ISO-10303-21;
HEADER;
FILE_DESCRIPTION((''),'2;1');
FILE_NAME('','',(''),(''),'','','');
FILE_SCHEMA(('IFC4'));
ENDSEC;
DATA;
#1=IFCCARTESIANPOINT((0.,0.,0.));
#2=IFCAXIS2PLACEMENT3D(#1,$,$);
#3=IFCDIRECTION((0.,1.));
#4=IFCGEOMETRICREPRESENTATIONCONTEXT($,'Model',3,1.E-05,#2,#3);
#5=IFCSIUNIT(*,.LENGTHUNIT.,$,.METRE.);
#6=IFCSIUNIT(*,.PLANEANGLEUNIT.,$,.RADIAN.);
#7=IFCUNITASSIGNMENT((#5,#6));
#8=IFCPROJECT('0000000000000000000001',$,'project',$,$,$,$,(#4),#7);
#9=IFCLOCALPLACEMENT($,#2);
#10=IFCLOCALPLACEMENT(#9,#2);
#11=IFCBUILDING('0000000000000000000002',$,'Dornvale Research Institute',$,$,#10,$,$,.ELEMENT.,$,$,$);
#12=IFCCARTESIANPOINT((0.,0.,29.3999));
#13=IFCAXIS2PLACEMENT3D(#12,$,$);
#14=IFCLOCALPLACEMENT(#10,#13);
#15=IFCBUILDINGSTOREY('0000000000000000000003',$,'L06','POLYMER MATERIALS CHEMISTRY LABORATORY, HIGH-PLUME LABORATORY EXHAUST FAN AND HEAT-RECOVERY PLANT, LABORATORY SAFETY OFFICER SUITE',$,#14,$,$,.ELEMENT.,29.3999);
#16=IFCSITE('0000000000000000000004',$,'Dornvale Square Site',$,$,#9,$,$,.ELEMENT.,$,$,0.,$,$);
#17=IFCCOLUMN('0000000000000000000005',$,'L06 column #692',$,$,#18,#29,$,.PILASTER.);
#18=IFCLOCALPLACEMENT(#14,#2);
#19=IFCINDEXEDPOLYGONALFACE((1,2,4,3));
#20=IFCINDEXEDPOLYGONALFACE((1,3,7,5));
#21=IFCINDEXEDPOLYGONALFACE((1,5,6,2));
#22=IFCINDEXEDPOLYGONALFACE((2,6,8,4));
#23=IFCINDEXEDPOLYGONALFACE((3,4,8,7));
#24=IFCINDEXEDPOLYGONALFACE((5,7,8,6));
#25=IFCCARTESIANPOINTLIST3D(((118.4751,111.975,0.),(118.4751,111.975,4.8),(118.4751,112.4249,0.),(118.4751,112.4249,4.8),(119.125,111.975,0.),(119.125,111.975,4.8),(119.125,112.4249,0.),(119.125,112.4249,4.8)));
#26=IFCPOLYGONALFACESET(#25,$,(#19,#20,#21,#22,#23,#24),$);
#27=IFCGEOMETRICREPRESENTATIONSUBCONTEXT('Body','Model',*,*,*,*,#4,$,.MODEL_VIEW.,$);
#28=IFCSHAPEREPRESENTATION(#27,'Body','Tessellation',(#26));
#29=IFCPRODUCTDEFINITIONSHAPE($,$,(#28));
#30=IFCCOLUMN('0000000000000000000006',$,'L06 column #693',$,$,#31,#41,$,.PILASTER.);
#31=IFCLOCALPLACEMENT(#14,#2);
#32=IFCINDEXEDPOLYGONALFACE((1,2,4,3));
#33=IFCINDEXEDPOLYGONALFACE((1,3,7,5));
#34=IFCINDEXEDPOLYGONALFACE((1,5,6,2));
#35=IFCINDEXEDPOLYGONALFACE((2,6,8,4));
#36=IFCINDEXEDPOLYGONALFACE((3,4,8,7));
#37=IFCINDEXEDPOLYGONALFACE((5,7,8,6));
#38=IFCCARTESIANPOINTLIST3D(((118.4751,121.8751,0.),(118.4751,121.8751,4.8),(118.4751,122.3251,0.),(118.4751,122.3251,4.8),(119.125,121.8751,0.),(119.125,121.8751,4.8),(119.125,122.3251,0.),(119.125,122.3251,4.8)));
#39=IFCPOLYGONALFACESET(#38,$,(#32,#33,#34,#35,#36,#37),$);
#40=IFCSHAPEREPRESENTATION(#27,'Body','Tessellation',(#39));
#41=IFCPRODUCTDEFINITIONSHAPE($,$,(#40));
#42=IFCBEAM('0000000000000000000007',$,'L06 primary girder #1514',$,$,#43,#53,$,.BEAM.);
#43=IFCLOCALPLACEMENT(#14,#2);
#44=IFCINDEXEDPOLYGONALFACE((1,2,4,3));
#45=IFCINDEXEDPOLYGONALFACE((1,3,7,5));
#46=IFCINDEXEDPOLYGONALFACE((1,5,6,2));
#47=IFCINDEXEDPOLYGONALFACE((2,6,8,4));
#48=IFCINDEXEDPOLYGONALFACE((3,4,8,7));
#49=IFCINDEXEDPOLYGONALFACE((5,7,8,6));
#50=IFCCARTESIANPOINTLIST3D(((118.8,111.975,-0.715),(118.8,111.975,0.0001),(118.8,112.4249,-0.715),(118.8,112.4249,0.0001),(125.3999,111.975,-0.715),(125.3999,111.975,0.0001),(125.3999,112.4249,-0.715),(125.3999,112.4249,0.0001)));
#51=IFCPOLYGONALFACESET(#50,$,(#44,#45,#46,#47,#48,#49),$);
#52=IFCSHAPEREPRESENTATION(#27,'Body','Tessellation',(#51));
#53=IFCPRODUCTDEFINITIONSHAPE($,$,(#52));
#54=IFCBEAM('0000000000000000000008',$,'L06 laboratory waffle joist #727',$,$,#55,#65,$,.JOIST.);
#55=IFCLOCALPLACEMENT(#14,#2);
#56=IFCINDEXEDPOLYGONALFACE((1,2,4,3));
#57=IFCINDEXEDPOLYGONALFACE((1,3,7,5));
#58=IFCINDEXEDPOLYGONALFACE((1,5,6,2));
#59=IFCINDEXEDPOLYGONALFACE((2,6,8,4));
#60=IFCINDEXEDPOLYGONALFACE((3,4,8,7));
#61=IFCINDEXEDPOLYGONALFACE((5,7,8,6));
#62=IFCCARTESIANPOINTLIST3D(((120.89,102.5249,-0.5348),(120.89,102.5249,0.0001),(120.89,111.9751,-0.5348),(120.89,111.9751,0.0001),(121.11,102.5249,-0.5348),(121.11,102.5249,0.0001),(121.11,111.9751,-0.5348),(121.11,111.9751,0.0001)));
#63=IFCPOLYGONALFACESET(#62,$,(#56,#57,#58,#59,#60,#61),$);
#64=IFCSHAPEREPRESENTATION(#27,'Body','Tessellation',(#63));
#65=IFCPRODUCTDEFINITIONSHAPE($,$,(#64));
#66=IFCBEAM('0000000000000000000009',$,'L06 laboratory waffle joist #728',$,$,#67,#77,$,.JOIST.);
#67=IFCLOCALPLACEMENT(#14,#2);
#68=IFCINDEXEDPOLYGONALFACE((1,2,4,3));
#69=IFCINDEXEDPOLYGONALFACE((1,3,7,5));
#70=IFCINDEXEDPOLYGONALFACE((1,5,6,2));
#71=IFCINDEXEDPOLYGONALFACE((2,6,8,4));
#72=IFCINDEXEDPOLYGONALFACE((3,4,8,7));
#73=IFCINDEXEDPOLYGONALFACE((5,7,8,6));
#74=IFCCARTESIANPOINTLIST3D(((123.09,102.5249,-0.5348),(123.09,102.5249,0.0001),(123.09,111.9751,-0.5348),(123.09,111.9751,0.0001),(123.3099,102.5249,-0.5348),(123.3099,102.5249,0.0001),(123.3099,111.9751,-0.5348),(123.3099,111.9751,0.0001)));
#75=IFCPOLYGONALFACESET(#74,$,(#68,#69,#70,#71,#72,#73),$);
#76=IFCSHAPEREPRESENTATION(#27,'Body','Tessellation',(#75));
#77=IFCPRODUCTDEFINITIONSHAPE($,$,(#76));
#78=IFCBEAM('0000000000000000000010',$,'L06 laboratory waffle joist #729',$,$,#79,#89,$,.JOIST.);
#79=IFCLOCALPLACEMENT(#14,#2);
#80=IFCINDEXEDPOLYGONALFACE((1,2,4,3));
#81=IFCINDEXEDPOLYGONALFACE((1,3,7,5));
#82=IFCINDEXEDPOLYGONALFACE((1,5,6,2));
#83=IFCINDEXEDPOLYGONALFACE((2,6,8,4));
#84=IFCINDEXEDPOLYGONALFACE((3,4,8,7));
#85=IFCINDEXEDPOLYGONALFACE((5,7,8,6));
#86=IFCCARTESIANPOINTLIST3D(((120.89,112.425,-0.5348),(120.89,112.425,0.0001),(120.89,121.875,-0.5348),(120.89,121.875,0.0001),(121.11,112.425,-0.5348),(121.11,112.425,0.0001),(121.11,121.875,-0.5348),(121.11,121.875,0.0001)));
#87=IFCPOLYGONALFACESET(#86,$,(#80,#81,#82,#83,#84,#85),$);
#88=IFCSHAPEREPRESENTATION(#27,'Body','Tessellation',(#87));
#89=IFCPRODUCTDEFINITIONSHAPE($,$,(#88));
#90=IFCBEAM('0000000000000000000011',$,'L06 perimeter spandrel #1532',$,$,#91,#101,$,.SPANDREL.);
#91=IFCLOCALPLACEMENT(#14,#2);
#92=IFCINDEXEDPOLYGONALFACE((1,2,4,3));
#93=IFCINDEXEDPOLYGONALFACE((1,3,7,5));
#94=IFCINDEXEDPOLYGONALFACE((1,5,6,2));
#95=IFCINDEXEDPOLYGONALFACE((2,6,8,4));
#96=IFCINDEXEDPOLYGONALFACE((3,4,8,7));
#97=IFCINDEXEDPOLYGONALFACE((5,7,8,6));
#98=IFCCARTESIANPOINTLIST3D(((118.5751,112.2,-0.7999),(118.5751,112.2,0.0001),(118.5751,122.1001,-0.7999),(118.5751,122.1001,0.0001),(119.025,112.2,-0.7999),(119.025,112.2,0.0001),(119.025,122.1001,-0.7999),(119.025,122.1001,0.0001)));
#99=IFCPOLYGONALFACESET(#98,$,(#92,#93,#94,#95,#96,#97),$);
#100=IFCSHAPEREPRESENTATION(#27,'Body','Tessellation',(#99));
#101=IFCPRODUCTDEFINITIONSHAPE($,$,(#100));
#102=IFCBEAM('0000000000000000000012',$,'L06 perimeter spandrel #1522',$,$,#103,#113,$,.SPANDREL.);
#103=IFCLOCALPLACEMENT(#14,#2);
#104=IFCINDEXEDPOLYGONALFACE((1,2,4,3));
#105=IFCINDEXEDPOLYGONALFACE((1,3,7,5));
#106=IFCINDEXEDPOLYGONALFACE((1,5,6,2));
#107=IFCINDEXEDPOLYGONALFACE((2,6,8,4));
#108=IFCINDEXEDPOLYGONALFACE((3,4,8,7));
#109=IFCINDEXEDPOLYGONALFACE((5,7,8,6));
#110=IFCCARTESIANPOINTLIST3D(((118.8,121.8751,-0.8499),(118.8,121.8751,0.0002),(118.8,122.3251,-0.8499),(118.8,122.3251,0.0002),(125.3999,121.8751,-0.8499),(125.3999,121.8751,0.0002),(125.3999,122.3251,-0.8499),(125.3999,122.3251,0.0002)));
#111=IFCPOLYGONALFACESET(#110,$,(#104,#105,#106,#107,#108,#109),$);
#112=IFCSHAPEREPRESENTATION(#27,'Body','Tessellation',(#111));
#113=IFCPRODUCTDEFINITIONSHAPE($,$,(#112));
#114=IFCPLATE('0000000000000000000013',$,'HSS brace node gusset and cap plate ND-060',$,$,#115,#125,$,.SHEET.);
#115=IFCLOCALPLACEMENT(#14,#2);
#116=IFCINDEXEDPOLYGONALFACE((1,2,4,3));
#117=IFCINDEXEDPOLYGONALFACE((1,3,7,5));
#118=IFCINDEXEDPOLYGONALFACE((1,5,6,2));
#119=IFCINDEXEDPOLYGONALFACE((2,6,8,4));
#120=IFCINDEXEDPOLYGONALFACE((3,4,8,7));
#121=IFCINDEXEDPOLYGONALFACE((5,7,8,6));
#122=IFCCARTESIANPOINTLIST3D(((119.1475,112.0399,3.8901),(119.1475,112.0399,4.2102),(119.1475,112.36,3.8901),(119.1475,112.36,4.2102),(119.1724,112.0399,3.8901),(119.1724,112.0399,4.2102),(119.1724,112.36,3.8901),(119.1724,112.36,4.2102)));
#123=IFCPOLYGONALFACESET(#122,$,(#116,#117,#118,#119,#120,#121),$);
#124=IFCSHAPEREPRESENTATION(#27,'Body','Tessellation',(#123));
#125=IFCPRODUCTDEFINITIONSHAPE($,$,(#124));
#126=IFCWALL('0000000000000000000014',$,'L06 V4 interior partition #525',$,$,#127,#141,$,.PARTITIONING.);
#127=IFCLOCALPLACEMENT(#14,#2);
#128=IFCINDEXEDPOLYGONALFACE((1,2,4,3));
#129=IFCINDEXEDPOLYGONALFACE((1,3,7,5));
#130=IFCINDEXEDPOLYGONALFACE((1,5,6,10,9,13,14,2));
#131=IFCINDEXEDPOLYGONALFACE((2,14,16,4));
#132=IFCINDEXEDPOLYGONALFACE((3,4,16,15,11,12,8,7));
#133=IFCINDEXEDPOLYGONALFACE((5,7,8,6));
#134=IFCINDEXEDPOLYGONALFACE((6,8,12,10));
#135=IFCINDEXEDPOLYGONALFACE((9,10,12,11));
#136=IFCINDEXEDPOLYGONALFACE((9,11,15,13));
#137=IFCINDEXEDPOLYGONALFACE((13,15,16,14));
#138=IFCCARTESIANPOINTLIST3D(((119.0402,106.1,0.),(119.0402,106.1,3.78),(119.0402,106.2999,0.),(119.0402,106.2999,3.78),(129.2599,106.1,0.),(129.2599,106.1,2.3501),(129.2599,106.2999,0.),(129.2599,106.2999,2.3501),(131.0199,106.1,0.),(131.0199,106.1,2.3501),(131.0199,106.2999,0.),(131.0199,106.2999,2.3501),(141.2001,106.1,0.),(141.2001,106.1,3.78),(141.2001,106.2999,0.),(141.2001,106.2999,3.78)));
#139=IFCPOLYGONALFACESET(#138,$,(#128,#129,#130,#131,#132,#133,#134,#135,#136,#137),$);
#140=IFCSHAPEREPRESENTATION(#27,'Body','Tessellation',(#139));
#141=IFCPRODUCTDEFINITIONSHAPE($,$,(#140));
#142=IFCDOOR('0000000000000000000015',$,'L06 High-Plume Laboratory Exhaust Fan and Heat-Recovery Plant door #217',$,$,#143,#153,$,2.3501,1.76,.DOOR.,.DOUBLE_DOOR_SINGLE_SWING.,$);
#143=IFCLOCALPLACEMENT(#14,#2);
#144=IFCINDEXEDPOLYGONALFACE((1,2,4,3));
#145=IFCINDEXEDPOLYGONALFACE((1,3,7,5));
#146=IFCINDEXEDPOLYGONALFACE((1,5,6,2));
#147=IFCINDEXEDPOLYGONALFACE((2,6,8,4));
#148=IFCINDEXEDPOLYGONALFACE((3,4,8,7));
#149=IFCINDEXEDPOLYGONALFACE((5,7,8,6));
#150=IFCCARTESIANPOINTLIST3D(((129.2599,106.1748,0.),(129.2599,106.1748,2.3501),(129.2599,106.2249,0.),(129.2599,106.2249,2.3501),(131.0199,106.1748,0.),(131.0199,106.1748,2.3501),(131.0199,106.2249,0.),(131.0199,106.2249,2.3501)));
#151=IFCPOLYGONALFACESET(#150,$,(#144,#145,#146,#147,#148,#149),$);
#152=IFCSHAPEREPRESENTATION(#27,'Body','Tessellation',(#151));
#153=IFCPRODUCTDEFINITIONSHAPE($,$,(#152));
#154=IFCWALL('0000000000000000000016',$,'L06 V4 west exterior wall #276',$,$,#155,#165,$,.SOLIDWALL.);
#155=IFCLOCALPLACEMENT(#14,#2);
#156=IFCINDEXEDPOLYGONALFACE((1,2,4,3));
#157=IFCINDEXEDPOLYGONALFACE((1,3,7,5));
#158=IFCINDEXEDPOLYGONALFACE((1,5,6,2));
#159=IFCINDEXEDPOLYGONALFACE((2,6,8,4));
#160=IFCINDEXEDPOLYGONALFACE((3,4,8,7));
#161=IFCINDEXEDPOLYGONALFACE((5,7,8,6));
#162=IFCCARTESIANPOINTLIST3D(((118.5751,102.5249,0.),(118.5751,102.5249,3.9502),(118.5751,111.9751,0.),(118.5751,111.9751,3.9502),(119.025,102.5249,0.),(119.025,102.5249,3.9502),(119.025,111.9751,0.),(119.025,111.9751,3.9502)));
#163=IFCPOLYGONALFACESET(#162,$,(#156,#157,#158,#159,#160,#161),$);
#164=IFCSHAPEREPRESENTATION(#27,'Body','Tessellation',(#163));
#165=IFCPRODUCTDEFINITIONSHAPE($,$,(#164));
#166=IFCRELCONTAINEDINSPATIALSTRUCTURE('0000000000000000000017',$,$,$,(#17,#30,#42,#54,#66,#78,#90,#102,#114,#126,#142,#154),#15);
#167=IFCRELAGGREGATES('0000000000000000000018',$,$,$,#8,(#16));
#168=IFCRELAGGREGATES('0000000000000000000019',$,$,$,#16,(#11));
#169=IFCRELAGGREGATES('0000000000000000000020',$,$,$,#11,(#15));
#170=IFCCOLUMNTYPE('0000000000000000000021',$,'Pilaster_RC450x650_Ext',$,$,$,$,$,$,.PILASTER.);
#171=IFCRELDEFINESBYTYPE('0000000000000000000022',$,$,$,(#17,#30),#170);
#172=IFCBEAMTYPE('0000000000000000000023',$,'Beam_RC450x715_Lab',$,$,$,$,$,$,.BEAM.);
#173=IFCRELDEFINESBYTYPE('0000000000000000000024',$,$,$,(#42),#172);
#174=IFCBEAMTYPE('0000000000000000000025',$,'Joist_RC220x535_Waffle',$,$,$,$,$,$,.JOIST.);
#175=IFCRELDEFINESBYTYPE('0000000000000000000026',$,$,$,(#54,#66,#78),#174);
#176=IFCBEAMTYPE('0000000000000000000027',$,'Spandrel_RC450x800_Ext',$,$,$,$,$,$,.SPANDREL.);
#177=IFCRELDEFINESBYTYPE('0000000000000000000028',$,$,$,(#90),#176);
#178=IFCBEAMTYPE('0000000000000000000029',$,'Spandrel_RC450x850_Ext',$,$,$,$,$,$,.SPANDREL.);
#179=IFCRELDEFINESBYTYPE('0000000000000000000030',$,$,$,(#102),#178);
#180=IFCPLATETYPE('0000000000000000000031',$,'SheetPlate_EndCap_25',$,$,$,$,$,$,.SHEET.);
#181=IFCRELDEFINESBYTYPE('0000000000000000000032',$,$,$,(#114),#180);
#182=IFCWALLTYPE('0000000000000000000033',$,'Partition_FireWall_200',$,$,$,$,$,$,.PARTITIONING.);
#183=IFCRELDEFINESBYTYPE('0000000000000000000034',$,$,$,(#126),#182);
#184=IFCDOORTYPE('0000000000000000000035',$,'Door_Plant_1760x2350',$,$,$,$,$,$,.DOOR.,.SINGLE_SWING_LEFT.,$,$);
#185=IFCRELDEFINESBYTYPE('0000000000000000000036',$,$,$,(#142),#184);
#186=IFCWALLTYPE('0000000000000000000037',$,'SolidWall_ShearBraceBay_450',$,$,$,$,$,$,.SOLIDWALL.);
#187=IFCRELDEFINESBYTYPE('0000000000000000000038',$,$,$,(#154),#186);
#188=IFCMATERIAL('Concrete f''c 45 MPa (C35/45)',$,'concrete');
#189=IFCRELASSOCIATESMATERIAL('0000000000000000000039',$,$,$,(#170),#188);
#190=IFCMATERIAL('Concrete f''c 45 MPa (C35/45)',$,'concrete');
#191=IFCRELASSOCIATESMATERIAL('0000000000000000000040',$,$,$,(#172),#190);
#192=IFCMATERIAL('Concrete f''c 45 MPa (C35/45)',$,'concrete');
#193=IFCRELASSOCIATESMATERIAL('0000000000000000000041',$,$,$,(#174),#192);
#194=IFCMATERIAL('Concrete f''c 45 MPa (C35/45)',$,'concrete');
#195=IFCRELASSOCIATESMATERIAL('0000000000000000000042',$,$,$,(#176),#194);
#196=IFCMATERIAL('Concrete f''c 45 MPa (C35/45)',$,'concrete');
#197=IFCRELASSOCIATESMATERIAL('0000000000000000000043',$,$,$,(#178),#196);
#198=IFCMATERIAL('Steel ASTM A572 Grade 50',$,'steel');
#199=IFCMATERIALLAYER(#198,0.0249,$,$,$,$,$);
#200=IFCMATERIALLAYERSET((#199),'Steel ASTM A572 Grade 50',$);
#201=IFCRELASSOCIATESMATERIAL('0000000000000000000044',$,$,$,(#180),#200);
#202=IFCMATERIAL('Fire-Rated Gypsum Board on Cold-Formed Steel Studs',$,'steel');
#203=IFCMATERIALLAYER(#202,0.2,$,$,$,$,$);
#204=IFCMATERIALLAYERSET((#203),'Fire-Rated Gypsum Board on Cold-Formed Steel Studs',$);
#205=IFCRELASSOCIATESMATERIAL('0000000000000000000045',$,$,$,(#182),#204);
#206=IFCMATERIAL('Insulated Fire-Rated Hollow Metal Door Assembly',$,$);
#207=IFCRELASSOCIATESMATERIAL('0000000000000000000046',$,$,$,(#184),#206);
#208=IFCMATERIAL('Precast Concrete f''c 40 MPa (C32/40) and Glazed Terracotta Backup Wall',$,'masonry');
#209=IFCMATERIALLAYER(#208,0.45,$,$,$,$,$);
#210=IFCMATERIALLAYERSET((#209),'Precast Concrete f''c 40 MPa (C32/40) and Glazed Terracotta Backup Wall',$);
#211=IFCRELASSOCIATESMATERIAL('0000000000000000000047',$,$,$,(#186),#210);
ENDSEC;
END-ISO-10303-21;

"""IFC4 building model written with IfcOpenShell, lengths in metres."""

from ifc_helpers import new_model, si_unit, direction, frame, frame_2d, origin, origin_2d, place, context, subcontext, project, spatial, rectangle, extrude, material, layer, layer_set, material_profile, profile_set, type_object, element, fill, save


model = new_model("IFC4")

# Units and contexts
model_context = context("Model", 3, precision=1e-05, world=origin(), true_north=direction((0.0, 1.0)))
body_context = subcontext(model_context, "Body", "Model", "MODEL_VIEW")
ifc_project = project(units=[si_unit("LENGTHUNIT", "METRE"), si_unit("PLANEANGLEUNIT", "RADIAN")], contexts=[model_context])

# Site, building, storey
site_placement = place(None, origin())
site = spatial("IfcSite", under=ifc_project, at=site_placement, Name="Dornvale Square Site", CompositionType="ELEMENT", RefElevation=0.0)
building_placement = place(site_placement, origin())
building = spatial("IfcBuilding", under=site, at=building_placement, Name="Dornvale Research Institute", CompositionType="ELEMENT")
storey_placement = place(building_placement, frame((0.0, 0.0, 29.3999)))
storey = spatial("IfcBuildingStorey", under=building, at=storey_placement, Name="L06", Description="POLYMER MATERIALS CHEMISTRY LABORATORY, HIGH-PLUME LABORATORY EXHAUST FAN AND HEAT-RECOVERY PLANT, LABORATORY SAFETY OFFICER SUITE", CompositionType="ELEMENT", Elevation=29.3999)

# Columns
ifc_material_1 = material(Name="Concrete f'c 45 MPa (C35/45)", Category="concrete")
ifc_material_profile_1 = material_profile(ifc_material_1, rectangle(XDim=0.45, YDim=0.6499, at=origin_2d()), Name="RC 450x650")
ifc_profile_set_1 = profile_set([ifc_material_profile_1], Name="Concrete f'c 45 MPa (C35/45)")
column_type = type_object("IfcColumnType", Name="Pilaster_RC450x650_Ext", PredefinedType="PILASTER", material=ifc_profile_set_1)
for number, where, z_axis, x_axis, name in (
    (1, (118.8, 112.2, 0.0), (0.0, 0.0, 1.0), (0.0, 1.0, 0.0), "L06 column #692"),
    (2, (118.8, 122.1001, 0.0), (0.0, 0.0, 1.0), (0.0, 1.0, 0.0), "L06 column #693"),
):
    element("IfcColumn", number, at=place(storey_placement, frame(where, z_axis=z_axis, x_axis=x_axis)), inside=storey, type_object=column_type, Name=name, PredefinedType="PILASTER", context=body_context, shape_type="SweptSolid", body=[
        extrude(rectangle(XDim=0.45, YDim=0.6499, at=origin_2d()), origin(), (0.0, 0.0, 1.0), 4.8),
    ])

# Beams
ifc_material_2 = material(Name="Concrete f'c 45 MPa (C35/45)", Category="concrete")
ifc_material_profile_2 = material_profile(ifc_material_2, rectangle(XDim=0.45, YDim=0.7151, at=origin_2d()), Name="RC 450x715")
ifc_profile_set_2 = profile_set([ifc_material_profile_2], Name="Concrete f'c 45 MPa (C35/45)")
beam_type_1 = type_object("IfcBeamType", Name="Beam_RC450x715_Lab", PredefinedType="BEAM", material=ifc_profile_set_2)
beam_1_placement = place(storey_placement, frame((118.8, 112.2, -0.3574), z_axis=(1.0, 0.0, 0.0), x_axis=(0.0, 1.0, 0.0)))
element("IfcBeam", 3, at=beam_1_placement, inside=storey, type_object=beam_type_1, Name="L06 primary girder #1514", PredefinedType="BEAM", context=body_context, shape_type="SweptSolid", body=[
    extrude(rectangle(XDim=0.45, YDim=0.7151, at=origin_2d()), origin(), (0.0, 0.0, 1.0), 6.5999),
])
ifc_material_3 = material(Name="Concrete f'c 45 MPa (C35/45)", Category="concrete")
ifc_material_profile_3 = material_profile(ifc_material_3, rectangle(XDim=0.22, YDim=0.5349, at=origin_2d()), Name="RC 220x535")
ifc_profile_set_3 = profile_set([ifc_material_profile_3], Name="Concrete f'c 45 MPa (C35/45)")
beam_type_2 = type_object("IfcBeamType", Name="Joist_RC220x535_Waffle", PredefinedType="JOIST", material=ifc_profile_set_3)
for number, where, z_axis, x_axis, name in (
    (4, (121.0, 102.5249, -0.2673), (0.0, 1.0, 0.0), (-1.0, 0.0, 0.0), "L06 laboratory waffle joist #727"),
    (5, (123.2, 102.5249, -0.2673), (0.0, 1.0, 0.0), (-1.0, 0.0, 0.0), "L06 laboratory waffle joist #728"),
):
    element("IfcBeam", number, at=place(storey_placement, frame(where, z_axis=z_axis, x_axis=x_axis)), inside=storey, type_object=beam_type_2, Name=name, PredefinedType="JOIST", context=body_context, shape_type="SweptSolid", body=[
        extrude(rectangle(XDim=0.22, YDim=0.5349, at=origin_2d()), origin(), (0.0, 0.0, 1.0), 9.4502),
    ])
beam_2_placement = place(storey_placement, frame((121.0, 112.425, -0.2673), z_axis=(0.0, 1.0, 0.0), x_axis=(-1.0, 0.0, 0.0)))
element("IfcBeam", 6, at=beam_2_placement, inside=storey, type_object=beam_type_2, Name="L06 laboratory waffle joist #729", PredefinedType="JOIST", context=body_context, shape_type="SweptSolid", body=[
    extrude(rectangle(XDim=0.22, YDim=0.5349, at=origin_2d()), origin(), (0.0, 0.0, 1.0), 9.45),
])
ifc_material_4 = material(Name="Concrete f'c 45 MPa (C35/45)", Category="concrete")
ifc_material_profile_4 = material_profile(ifc_material_4, rectangle(XDim=0.45, YDim=0.8, at=origin_2d()), Name="RC 450x800")
ifc_profile_set_4 = profile_set([ifc_material_profile_4], Name="Concrete f'c 45 MPa (C35/45)")
beam_type_3 = type_object("IfcBeamType", Name="Spandrel_RC450x800_Ext", PredefinedType="SPANDREL", material=ifc_profile_set_4)
beam_3_placement = place(storey_placement, frame((118.8, 112.2, -0.3999), z_axis=(0.0, 1.0, 0.0), x_axis=(-1.0, 0.0, 0.0)))
element("IfcBeam", 7, at=beam_3_placement, inside=storey, type_object=beam_type_3, Name="L06 perimeter spandrel #1532", PredefinedType="SPANDREL", context=body_context, shape_type="SweptSolid", body=[
    extrude(rectangle(XDim=0.45, YDim=0.8, at=origin_2d()), origin(), (0.0, 0.0, 1.0), 9.9001),
])
ifc_material_5 = material(Name="Concrete f'c 45 MPa (C35/45)", Category="concrete")
ifc_material_profile_5 = material_profile(ifc_material_5, rectangle(XDim=0.45, YDim=0.8501, at=origin_2d()), Name="RC 450x850")
ifc_profile_set_5 = profile_set([ifc_material_profile_5], Name="Concrete f'c 45 MPa (C35/45)")
beam_type_4 = type_object("IfcBeamType", Name="Spandrel_RC450x850_Ext", PredefinedType="SPANDREL", material=ifc_profile_set_5)
beam_4_placement = place(storey_placement, frame((118.8, 122.1001, -0.4248), z_axis=(1.0, 0.0, 0.0), x_axis=(0.0, 1.0, 0.0)))
element("IfcBeam", 8, at=beam_4_placement, inside=storey, type_object=beam_type_4, Name="L06 perimeter spandrel #1522", PredefinedType="SPANDREL", context=body_context, shape_type="SweptSolid", body=[
    extrude(rectangle(XDim=0.45, YDim=0.8501, at=origin_2d()), origin(), (0.0, 0.0, 1.0), 6.5999),
])

# Plate
ifc_material_6 = material(Name="Steel ASTM A572 Grade 50", Category="steel")
ifc_layer_1 = layer(ifc_material_6, 0.0249)
ifc_layer_set_1 = layer_set([ifc_layer_1], Name="Steel ASTM A572 Grade 50")
plate_type = type_object("IfcPlateType", Name="SheetPlate_EndCap_25", PredefinedType="SHEET", material=ifc_layer_set_1)
plate_placement = place(storey_placement, frame((119.1599, 112.2, 3.8901), z_axis=(0.0, 0.0, 1.0), x_axis=(0.0, 1.0, 0.0)))
element("IfcPlate", 9, at=plate_placement, inside=storey, type_object=plate_type, Name="HSS brace node gusset and cap plate ND-060", PredefinedType="SHEET", context=body_context, shape_type="SweptSolid", body=[
    extrude(rectangle(XDim=0.3201, YDim=0.0249, at=origin_2d()), origin(), (0.0, 0.0, 1.0), 0.3201),
])

# Wall, opening, door
ifc_material_7 = material(Name="Fire-Rated Gypsum Board on Cold-Formed Steel Studs", Category="steel")
ifc_layer_2 = layer(ifc_material_7, 0.2)
ifc_layer_set_2 = layer_set([ifc_layer_2], Name="Fire-Rated Gypsum Board on Cold-Formed Steel Studs")
wall_type_1 = type_object("IfcWallType", Name="Partition_FireWall_200", PredefinedType="PARTITIONING", material=ifc_layer_set_2)
wall_1_placement = place(storey_placement, frame((119.04, 106.2, 0.0), z_axis=(0.0, 0.0, 1.0), x_axis=(1.0, 0.0, 0.0)))
wall_1 = element("IfcWall", 10, at=wall_1_placement, inside=storey, type_object=wall_type_1, Name="L06 V4 interior partition #525", PredefinedType="PARTITIONING", context=body_context, shape_type="SweptSolid", body=[
    extrude(rectangle(XDim=22.1599, YDim=0.2, at=frame_2d((11.0801, 0.0))), origin(), (0.0, 0.0, 1.0), 3.78),
])
opening_1_placement = place(wall_1_placement, frame((10.22, 0.0, 0.0)))
opening_1 = element("IfcOpeningElement", 11, at=opening_1_placement, cuts=wall_1, PredefinedType="OPENING", context=body_context, shape_type="SweptSolid", body=[
    extrude(rectangle(XDim=1.76, YDim=2.3501, at=frame_2d((0.8799, 1.175))), frame((0.0, 0.115, 0.0), z_axis=(0.0, -1.0, 0.0), x_axis=(1.0, 0.0, 0.0)), (0.0, 0.0, 1.0), 0.23),
])
ifc_material_8 = material(Name="Insulated Fire-Rated Hollow Metal Door Assembly")
door_type = type_object("IfcDoorType", Name="Door_Plant_1760x2350", OperationType="SINGLE_SWING_LEFT", PredefinedType="DOOR", material=ifc_material_8)
door_placement = place(opening_1_placement, origin())
door = element("IfcDoor", 12, at=door_placement, inside=storey, type_object=door_type, Name="L06 High-Plume Laboratory Exhaust Fan and Heat-Recovery Plant door #217", OperationType="DOUBLE_DOOR_SINGLE_SWING", OverallHeight=2.3501, OverallWidth=1.76, PredefinedType="DOOR", context=body_context, shape_type="SweptSolid", body=[
    extrude(rectangle(XDim=1.76, YDim=2.3501, at=frame_2d((0.8799, 1.175))), frame((0.0, 0.0249, 0.0), z_axis=(0.0, -1.0, 0.0), x_axis=(1.0, 0.0, 0.0)), (0.0, 0.0, 1.0), 0.05),
])
fill(opening_1, door)

# Wall
ifc_material_9 = material(Name="Precast Concrete f'c 40 MPa (C32/40) and Glazed Terracotta Backup Wall", Category="masonry")
ifc_layer_3 = layer(ifc_material_9, 0.45)
ifc_layer_set_3 = layer_set([ifc_layer_3], Name="Precast Concrete f'c 40 MPa (C32/40) and Glazed Terracotta Backup Wall")
wall_type_2 = type_object("IfcWallType", Name="SolidWall_ShearBraceBay_450", PredefinedType="SOLIDWALL", material=ifc_layer_set_3)
wall_2_placement = place(storey_placement, frame((118.8, 102.5249, 0.0), z_axis=(0.0, 0.0, 1.0), x_axis=(0.0, 1.0, 0.0)))
element("IfcWall", 13, at=wall_2_placement, inside=storey, type_object=wall_type_2, Name="L06 V4 west exterior wall #276", PredefinedType="SOLIDWALL", context=body_context, shape_type="SweptSolid", body=[
    extrude(rectangle(XDim=9.4502, YDim=0.45, at=frame_2d((4.7251, 0.0))), origin(), (0.0, 0.0, 1.0), 3.9502),
])

save(model, "model.ifc")
